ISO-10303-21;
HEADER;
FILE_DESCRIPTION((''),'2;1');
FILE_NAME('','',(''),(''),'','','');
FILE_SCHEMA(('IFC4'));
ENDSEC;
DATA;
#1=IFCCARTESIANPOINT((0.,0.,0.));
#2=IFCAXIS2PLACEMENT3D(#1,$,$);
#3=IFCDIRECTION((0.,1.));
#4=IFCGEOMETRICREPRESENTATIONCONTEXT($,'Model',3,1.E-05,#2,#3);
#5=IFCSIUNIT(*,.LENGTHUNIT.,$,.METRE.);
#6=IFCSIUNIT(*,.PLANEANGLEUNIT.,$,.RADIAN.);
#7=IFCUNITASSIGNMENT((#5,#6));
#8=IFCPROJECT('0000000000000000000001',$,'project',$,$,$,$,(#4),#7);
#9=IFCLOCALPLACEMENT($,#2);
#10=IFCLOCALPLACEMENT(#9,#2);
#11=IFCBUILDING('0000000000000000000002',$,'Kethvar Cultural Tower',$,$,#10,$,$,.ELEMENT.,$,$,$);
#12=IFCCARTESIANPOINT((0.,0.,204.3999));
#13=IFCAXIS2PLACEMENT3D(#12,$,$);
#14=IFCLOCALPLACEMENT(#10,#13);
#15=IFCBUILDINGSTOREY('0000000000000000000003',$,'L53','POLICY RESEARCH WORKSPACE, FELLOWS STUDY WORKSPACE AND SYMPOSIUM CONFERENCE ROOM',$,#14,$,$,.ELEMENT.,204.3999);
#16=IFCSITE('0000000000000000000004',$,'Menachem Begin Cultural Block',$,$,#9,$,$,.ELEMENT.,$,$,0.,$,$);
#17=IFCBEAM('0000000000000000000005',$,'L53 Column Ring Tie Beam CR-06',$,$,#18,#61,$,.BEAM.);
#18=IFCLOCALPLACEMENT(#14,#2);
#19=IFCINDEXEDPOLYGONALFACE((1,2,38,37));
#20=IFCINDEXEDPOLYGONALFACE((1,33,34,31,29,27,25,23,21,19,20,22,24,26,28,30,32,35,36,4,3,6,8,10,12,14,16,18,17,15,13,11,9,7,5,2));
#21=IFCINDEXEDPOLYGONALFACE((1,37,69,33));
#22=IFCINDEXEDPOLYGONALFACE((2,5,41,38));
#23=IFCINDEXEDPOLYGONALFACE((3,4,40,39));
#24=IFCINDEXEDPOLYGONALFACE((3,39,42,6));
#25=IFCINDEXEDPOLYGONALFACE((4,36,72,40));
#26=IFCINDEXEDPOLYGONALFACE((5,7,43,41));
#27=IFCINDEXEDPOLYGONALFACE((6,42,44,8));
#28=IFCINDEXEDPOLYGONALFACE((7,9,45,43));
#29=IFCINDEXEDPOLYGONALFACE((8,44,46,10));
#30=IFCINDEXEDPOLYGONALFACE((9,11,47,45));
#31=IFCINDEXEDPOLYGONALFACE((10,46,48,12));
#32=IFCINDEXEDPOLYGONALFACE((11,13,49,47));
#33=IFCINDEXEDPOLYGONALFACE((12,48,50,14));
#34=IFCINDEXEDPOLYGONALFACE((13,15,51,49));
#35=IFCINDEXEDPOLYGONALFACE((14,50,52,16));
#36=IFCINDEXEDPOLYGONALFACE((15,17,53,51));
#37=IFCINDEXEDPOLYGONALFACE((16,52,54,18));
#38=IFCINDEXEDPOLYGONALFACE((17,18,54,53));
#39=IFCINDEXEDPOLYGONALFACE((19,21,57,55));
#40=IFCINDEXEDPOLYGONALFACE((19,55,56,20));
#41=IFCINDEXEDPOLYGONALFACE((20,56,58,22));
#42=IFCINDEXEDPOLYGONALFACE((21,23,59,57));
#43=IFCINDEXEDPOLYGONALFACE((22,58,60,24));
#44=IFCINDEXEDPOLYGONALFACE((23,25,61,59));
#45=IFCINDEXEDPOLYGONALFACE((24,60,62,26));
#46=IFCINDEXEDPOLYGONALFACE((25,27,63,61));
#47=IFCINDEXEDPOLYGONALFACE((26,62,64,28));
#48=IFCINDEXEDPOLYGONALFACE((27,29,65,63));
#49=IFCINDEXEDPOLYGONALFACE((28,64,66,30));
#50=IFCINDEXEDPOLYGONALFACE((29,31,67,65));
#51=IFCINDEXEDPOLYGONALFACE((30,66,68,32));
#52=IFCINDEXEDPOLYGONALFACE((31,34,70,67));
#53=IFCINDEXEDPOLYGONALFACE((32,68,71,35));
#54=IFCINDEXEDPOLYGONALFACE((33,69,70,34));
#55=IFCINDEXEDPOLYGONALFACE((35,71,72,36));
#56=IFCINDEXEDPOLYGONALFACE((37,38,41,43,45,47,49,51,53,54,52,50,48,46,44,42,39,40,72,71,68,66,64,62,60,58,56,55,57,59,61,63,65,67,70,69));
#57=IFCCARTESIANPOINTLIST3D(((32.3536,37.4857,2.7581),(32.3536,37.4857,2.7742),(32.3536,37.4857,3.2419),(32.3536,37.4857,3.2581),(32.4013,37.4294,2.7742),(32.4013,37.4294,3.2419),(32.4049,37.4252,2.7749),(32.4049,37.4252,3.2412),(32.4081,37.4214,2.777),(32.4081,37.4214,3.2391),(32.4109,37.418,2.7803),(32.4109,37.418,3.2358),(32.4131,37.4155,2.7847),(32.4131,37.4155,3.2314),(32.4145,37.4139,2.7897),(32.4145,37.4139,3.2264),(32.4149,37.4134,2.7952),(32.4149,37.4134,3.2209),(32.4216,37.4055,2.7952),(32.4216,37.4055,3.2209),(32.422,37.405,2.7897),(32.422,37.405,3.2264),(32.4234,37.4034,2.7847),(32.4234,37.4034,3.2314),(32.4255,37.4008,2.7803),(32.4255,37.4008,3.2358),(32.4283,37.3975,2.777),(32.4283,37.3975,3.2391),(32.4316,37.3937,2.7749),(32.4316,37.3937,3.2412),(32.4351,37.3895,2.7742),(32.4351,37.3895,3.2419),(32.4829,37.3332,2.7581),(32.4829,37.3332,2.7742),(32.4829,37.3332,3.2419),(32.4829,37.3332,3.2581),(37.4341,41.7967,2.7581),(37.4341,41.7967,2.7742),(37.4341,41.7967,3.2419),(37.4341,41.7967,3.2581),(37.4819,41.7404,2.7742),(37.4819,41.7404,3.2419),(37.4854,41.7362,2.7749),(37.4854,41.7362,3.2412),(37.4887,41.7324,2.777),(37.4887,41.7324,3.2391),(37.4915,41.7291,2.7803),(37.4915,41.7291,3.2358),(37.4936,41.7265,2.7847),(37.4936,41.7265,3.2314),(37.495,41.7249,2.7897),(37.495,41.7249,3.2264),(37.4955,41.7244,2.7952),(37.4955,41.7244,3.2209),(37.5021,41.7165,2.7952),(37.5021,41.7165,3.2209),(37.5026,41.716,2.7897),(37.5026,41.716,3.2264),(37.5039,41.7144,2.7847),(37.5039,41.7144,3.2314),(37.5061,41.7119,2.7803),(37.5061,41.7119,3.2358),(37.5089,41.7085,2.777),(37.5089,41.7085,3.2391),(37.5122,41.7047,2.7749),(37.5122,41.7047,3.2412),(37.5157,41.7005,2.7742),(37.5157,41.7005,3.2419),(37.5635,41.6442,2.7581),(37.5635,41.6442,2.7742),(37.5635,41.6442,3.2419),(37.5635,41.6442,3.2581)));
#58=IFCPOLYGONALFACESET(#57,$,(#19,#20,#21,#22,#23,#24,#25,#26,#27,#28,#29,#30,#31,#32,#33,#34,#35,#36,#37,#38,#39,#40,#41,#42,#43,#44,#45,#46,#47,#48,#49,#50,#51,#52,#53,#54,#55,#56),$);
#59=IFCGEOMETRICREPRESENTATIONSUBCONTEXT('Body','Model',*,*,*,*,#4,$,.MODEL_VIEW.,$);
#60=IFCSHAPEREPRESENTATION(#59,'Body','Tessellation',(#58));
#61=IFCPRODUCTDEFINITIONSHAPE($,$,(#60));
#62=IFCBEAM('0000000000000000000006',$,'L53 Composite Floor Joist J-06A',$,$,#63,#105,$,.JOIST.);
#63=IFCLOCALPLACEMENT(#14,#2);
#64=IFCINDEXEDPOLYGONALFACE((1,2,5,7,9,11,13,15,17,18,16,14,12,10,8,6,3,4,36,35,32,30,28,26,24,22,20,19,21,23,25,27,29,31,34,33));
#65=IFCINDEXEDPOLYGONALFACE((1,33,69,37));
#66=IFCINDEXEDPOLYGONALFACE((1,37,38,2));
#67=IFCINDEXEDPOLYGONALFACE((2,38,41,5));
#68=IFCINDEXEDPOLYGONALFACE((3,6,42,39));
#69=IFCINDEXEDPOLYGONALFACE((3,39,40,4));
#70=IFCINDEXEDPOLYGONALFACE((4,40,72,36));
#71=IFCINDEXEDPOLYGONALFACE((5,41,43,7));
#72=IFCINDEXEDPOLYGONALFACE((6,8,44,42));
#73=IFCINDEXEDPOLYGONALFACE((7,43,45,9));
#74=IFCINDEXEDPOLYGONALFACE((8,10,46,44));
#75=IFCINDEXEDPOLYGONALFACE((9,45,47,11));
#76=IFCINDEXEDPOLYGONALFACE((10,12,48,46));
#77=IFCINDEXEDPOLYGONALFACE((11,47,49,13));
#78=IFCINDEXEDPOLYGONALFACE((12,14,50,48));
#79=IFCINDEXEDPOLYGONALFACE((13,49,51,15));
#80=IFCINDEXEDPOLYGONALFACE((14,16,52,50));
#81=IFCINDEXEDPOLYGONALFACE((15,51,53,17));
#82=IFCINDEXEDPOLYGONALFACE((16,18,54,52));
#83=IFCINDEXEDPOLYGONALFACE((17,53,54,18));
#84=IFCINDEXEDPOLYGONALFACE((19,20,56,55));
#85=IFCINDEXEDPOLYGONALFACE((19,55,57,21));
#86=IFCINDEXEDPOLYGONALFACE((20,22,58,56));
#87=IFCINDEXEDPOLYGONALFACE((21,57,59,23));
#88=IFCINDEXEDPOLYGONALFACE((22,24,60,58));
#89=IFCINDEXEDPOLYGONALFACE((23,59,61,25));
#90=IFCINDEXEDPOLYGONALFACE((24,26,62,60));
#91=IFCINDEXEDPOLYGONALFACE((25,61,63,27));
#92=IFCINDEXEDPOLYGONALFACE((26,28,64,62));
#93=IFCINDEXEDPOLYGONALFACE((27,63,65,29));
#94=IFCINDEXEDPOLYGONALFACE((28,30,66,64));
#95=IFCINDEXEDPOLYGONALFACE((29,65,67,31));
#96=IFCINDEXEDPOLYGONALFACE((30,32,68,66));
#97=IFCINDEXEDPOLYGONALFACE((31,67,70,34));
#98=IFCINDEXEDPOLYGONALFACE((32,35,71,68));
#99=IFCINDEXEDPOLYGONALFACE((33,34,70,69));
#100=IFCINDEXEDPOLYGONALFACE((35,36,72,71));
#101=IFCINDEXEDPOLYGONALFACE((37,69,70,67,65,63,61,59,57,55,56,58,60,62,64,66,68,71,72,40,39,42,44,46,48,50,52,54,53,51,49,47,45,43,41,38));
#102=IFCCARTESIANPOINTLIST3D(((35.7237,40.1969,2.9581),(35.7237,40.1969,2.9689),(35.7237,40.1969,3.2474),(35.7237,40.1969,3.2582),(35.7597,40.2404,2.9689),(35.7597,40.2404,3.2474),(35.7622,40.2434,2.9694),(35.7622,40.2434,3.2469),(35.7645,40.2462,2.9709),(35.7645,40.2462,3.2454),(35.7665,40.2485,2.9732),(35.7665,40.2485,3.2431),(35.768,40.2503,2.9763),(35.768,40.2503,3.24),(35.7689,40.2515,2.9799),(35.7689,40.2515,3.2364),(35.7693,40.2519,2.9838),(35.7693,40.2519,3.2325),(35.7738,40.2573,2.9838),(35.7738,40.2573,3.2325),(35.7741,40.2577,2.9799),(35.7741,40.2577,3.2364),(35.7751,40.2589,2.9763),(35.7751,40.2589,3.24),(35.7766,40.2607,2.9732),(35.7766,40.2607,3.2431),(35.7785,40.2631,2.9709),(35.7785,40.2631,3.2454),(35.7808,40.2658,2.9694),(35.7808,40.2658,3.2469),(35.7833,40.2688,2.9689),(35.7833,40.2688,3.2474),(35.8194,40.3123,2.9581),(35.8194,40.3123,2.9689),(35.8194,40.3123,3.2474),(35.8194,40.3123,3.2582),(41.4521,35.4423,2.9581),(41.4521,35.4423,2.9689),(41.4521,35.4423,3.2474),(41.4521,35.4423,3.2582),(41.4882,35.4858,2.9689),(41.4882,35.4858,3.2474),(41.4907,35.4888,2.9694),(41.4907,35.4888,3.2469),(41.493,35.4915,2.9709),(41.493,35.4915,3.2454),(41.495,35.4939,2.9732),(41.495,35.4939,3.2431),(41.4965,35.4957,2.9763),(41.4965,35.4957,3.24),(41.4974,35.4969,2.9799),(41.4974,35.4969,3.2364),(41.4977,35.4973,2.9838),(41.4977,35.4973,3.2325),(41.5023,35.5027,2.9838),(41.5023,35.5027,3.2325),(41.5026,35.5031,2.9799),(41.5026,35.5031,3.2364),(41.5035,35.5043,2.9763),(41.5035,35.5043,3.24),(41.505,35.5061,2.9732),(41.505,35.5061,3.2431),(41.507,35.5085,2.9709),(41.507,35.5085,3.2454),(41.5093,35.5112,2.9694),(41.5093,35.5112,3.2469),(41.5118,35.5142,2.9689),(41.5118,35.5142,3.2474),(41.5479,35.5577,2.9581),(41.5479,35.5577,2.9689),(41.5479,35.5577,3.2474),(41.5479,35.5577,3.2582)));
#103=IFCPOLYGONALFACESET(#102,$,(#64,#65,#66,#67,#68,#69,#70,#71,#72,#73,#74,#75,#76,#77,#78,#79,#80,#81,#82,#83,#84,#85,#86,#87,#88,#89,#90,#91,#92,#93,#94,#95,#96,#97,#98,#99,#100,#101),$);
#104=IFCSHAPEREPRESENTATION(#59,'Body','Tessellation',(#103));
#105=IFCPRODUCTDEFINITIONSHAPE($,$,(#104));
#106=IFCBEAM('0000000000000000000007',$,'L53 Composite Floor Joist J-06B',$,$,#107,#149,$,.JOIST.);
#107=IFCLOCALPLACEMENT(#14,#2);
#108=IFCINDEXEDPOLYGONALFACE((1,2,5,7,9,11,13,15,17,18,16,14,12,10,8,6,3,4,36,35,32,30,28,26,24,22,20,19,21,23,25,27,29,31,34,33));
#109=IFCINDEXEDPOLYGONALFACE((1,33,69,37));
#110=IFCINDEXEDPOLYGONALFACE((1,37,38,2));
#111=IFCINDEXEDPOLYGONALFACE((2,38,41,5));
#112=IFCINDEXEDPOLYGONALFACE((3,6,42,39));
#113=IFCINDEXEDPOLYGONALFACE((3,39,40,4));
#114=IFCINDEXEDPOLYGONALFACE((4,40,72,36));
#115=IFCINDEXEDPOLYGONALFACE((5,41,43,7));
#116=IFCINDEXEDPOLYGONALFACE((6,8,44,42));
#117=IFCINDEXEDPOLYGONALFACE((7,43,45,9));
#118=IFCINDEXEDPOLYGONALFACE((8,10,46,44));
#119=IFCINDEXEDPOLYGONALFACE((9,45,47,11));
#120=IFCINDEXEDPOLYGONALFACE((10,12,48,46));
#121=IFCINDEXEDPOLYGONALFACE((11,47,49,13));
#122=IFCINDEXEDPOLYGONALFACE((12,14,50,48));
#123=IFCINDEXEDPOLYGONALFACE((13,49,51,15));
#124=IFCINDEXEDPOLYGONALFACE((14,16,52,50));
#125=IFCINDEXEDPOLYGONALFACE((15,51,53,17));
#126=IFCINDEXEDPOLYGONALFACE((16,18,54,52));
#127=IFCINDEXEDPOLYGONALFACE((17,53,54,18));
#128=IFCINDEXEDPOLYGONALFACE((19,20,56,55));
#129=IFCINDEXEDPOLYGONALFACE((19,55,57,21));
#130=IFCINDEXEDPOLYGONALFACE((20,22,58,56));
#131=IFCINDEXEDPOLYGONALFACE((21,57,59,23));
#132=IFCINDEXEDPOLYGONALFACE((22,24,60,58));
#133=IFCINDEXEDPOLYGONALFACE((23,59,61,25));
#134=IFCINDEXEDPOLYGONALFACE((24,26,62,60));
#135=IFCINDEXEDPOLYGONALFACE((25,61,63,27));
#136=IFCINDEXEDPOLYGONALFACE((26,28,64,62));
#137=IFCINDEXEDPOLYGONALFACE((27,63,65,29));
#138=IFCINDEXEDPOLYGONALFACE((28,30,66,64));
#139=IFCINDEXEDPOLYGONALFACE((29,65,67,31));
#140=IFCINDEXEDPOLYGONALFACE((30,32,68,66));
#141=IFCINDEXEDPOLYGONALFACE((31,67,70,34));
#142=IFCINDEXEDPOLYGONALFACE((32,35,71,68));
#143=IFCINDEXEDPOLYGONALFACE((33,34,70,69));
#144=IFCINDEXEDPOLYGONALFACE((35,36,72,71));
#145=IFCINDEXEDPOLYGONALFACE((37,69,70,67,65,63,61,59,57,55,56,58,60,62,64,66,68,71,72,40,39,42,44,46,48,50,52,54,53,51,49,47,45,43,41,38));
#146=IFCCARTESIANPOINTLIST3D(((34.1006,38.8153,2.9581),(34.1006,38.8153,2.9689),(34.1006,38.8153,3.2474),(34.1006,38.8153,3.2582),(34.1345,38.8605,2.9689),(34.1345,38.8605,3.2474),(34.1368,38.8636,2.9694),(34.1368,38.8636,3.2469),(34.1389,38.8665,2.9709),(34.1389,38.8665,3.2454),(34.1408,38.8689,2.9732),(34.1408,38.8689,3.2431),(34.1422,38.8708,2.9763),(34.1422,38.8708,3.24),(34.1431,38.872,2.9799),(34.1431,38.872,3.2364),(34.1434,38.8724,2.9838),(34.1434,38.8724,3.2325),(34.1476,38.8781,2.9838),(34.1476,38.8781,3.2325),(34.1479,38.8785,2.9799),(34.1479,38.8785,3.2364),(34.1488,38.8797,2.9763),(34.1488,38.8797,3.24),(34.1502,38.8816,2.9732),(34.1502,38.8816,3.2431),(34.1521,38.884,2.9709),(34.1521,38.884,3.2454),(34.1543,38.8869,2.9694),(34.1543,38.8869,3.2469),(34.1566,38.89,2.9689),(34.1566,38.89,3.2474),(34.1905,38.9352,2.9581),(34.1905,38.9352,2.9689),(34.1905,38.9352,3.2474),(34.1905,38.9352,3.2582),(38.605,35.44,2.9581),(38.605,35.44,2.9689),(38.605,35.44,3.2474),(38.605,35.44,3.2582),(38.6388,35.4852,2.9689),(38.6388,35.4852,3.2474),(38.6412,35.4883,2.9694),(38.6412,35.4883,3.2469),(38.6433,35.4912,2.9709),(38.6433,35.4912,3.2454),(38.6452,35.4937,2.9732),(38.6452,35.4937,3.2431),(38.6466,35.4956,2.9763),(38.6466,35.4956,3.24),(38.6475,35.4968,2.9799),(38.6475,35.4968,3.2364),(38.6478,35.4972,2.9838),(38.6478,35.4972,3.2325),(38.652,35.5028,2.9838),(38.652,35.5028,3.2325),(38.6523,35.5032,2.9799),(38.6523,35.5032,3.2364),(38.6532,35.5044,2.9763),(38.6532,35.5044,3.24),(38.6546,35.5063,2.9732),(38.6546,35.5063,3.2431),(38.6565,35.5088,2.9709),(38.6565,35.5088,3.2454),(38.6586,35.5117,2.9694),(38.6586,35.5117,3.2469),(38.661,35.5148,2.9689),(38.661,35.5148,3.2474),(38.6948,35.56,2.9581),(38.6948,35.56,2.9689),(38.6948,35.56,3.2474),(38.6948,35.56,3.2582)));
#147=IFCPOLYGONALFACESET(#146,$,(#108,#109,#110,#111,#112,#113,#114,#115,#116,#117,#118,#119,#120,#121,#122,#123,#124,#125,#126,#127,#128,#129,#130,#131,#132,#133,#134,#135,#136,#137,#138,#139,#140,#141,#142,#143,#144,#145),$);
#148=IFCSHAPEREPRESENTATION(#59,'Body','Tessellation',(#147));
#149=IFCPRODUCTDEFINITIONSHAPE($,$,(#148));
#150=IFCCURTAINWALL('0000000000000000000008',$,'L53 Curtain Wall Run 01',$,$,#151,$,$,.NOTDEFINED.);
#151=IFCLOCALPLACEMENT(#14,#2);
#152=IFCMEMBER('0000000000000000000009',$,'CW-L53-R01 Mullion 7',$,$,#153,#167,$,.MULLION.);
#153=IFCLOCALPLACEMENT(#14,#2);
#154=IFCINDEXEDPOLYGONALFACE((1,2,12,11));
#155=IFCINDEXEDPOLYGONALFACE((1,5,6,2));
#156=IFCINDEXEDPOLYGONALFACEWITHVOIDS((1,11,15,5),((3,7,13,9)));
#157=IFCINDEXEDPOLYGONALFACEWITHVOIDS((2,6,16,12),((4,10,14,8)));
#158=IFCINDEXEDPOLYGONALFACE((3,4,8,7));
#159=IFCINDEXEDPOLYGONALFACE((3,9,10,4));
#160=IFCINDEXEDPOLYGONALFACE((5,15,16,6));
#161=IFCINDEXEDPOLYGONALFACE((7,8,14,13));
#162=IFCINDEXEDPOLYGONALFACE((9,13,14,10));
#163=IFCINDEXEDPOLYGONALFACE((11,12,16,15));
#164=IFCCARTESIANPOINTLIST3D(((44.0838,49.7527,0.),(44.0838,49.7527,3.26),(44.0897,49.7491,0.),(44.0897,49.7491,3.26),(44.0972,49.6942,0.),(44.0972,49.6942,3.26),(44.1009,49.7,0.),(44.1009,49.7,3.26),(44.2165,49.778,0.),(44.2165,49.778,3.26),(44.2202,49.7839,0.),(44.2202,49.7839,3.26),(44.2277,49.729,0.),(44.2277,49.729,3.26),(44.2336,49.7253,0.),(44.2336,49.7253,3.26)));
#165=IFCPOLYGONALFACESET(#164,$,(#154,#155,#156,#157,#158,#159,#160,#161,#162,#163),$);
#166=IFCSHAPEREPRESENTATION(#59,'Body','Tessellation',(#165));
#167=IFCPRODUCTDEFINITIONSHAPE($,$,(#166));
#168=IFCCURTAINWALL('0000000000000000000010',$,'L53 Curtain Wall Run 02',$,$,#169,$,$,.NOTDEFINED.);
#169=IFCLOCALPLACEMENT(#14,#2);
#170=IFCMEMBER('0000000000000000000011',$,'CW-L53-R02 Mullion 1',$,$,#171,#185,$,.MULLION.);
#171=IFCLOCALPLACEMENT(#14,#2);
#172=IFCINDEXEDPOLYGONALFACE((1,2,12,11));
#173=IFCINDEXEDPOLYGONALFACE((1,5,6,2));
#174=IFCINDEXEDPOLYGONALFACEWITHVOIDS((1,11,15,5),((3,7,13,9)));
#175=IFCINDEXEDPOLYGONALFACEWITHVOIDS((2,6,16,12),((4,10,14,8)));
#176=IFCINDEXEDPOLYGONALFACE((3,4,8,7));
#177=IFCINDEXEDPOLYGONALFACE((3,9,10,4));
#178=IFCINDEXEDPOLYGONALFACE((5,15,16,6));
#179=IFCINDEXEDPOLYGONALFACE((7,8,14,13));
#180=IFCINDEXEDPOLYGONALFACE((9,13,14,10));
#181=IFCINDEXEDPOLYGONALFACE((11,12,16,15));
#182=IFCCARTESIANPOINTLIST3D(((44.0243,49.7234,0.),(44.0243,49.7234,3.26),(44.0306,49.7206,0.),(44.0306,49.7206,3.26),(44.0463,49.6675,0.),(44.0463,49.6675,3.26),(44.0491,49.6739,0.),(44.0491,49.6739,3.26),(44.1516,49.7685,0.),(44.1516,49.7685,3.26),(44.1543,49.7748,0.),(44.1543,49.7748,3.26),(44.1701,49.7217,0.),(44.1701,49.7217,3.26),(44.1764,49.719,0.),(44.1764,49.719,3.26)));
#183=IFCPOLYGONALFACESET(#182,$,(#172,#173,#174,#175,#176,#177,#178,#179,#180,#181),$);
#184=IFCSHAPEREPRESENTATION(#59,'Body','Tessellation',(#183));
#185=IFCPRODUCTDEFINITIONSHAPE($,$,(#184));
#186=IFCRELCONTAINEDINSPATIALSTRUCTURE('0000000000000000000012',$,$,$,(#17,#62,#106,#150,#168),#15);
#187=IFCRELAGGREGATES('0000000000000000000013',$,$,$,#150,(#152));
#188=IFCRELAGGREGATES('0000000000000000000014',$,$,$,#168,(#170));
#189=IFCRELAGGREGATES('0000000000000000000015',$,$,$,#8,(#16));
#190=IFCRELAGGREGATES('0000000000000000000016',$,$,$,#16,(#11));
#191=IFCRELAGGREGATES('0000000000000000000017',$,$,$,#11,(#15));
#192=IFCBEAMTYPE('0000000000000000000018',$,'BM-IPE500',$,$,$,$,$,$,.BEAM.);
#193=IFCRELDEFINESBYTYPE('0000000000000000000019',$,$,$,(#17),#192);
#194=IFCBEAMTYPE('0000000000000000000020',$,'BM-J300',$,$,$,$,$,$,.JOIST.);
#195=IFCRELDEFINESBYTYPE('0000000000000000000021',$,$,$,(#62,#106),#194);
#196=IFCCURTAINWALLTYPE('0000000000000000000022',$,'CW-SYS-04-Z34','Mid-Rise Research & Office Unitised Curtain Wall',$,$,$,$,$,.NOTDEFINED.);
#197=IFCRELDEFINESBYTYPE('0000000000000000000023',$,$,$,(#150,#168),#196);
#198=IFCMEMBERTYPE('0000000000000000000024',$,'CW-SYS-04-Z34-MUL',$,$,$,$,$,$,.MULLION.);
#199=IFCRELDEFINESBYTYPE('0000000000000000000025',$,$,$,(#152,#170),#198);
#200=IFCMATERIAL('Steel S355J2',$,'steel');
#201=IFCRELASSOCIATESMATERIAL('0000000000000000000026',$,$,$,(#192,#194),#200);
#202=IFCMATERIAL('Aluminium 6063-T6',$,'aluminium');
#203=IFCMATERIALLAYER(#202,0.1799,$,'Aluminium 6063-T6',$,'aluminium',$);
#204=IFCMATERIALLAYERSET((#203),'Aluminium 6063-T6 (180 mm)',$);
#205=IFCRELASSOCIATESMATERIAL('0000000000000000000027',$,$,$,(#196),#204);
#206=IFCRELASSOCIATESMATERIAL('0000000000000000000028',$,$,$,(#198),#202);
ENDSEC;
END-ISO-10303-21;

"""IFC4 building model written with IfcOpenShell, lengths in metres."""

from ifc_helpers import new_model, si_unit, direction, frame, origin, origin_2d, place, context, subcontext, project, spatial, hollow_rectangle, i_section, extrude, source, transform, mapped, material, layer, layer_set, material_profile, profile_set, type_object, element, aggregate, save


model = new_model("IFC4")

# Units and contexts
model_context = context("Model", 3, precision=1e-05, world=origin(), true_north=direction((0.0, 1.0)))
body_context = subcontext(model_context, "Body", "Model", "MODEL_VIEW")
ifc_project = project(units=[si_unit("LENGTHUNIT", "METRE"), si_unit("PLANEANGLEUNIT", "RADIAN")], contexts=[model_context])

# Site, building, storey
site_placement = place(None, origin())
site = spatial("IfcSite", under=ifc_project, at=site_placement, Name="Menachem Begin Cultural Block", CompositionType="ELEMENT", RefElevation=0.0)
building_placement = place(site_placement, origin())
building = spatial("IfcBuilding", under=site, at=building_placement, Name="Kethvar Cultural Tower", CompositionType="ELEMENT")
storey_placement = place(building_placement, frame((0.0, 0.0, 204.3999)))
storey = spatial("IfcBuildingStorey", under=building, at=storey_placement, Name="L53", Description="POLICY RESEARCH WORKSPACE, FELLOWS STUDY WORKSPACE AND SYMPOSIUM CONFERENCE ROOM", CompositionType="ELEMENT", Elevation=204.3999)

# Beams
ifc_material_1 = material(Name="Steel S355J2", Category="steel")
ifc_material_profile_1 = material_profile(ifc_material_1, i_section(OverallWidth=0.2, OverallDepth=0.5, WebThickness=0.0103, FlangeThickness=0.0161, FilletRadius=0.021, at=origin_2d()), Name="Steel S355J2 — IPE500")
ifc_profile_set_1 = profile_set([ifc_material_profile_1], Name="Steel S355J2 — IPE500")
beam_type_1 = type_object("IfcBeamType", Name="BM-IPE500", PredefinedType="BEAM", material=ifc_profile_set_1)
ifc_material_profile_2 = material_profile(ifc_material_1, i_section(OverallWidth=0.1499, OverallDepth=0.3, WebThickness=0.0071, FlangeThickness=0.0107, FilletRadius=0.0149, at=origin_2d()), Name="Steel S355J2 — IPE300")
ifc_profile_set_2 = profile_set([ifc_material_profile_2], Name="Steel S355J2 — IPE300")
beam_type_2 = type_object("IfcBeamType", Name="BM-J300", PredefinedType="JOIST", material=ifc_profile_set_2)
shared_shape_1 = source(origin(), body_context, "Body", "SweptSolid", [
    extrude(i_section(OverallWidth=0.2, OverallDepth=0.5, WebThickness=0.0103, FlangeThickness=0.0161, FilletRadius=0.021, at=origin_2d()), origin(), (0.0, 0.0, 1.0), 6.6631),
])
beam_1_placement = place(storey_placement, frame((37.4988, 41.7205, 3.0081), z_axis=(-0.762491, -0.646999, 0.0), x_axis=(0.646999, -0.762491, 0.0)))
element("IfcBeam", 1, at=beam_1_placement, inside=storey, type_object=beam_type_1, Name="L53 Column Ring Tie Beam CR-06", PredefinedType="BEAM", context=body_context, shape_type="MappedRepresentation", body=[
    mapped(shared_shape_1, transform((0.0, 0.0, 0.0), scale=1.0)),
])
shared_shape_2 = source(origin(), body_context, "Body", "SweptSolid", [
    extrude(i_section(OverallWidth=0.1499, OverallDepth=0.3, WebThickness=0.0071, FlangeThickness=0.0107, FilletRadius=0.0149, at=origin_2d()), origin(), (0.0, 0.0, 1.0), 7.4446),
])
beam_2_placement = place(storey_placement, frame((41.5, 35.5, 3.1082), z_axis=(-0.769483, 0.638667, 0.0), x_axis=(-0.638667, -0.769483, 0.0)))
element("IfcBeam", 2, at=beam_2_placement, inside=storey, type_object=beam_type_2, Name="L53 Composite Floor Joist J-06A", PredefinedType="JOIST", context=body_context, shape_type="MappedRepresentation", body=[
    mapped(shared_shape_2, transform((0.0, 0.0, 0.0), scale=1.0)),
])
shared_shape_3 = source(origin(), body_context, "Body", "SweptSolid", [
    extrude(i_section(OverallWidth=0.1499, OverallDepth=0.3, WebThickness=0.0071, FlangeThickness=0.0107, FilletRadius=0.0149, at=origin_2d()), origin(), (0.0, 0.0, 1.0), 5.6287),
])
beam_3_placement = place(storey_placement, frame((38.6499, 35.5, 3.1082), z_axis=(-0.80026, 0.599653, 0.0), x_axis=(-0.599653, -0.80026, 0.0)))
element("IfcBeam", 3, at=beam_3_placement, inside=storey, type_object=beam_type_2, Name="L53 Composite Floor Joist J-06B", PredefinedType="JOIST", context=body_context, shape_type="MappedRepresentation", body=[
    mapped(shared_shape_3, transform((0.0, 0.0, 0.0), scale=1.0)),
])

# Curtain wall, member
ifc_material_2 = material(Name="Aluminium 6063-T6", Category="aluminium")
ifc_layer_1 = layer(ifc_material_2, 0.1799, Name="Aluminium 6063-T6", Category="aluminium")
ifc_layer_set_1 = layer_set([ifc_layer_1], Name="Aluminium 6063-T6 (180 mm)")
curtain_wall_type = type_object("IfcCurtainWallType", Name="CW-SYS-04-Z34", Description="Mid-Rise Research & Office Unitised Curtain Wall", PredefinedType="NOTDEFINED", material=ifc_layer_set_1)
curtain_wall_1_placement = place(storey_placement, origin())
curtain_wall_1 = element("IfcCurtainWall", 4, at=curtain_wall_1_placement, inside=storey, type_object=curtain_wall_type, Name="L53 Curtain Wall Run 01", PredefinedType="NOTDEFINED")
ifc_material_profile_3 = material_profile(ifc_material_2, hollow_rectangle(XDim=0.0601, YDim=0.1399, WallThickness=0.0049, at=origin_2d()), Name="Aluminium 6063-T6 — RHS140x60x5")
ifc_profile_set_3 = profile_set([ifc_material_profile_3], Name="Aluminium 6063-T6 — RHS140x60x5")
member_type_1 = type_object("IfcMemberType", Name="CW-SYS-04-Z34-MUL", PredefinedType="MULLION", material=ifc_profile_set_3)
shared_shape_4 = source(origin(), body_context, "Body", "SweptSolid", [
    extrude(hollow_rectangle(XDim=0.0601, YDim=0.1399, WallThickness=0.0049, at=origin_2d()), origin(), (0.0, 0.0, 1.0), 3.26),
])
member_1_placement = place(storey_placement, frame((44.1587, 49.739, 0.0), z_axis=(0.0, 0.0, 1.0), x_axis=(0.222519, -0.974928, 0.0)))
member_1 = element("IfcMember", 5, at=member_1_placement, type_object=member_type_1, Name="CW-L53-R01 Mullion 7", PredefinedType="MULLION", context=body_context, shape_type="MappedRepresentation", body=[
    mapped(shared_shape_4, transform((0.0, 0.0, 0.0), scale=1.0)),
])
aggregate(curtain_wall_1, [member_1])

# Curtain wall, member
curtain_wall_2_placement = place(storey_placement, origin())
curtain_wall_2 = element("IfcCurtainWall", 6, at=curtain_wall_2_placement, inside=storey, type_object=curtain_wall_type, Name="L53 Curtain Wall Run 02", PredefinedType="NOTDEFINED")
member_2_placement = place(storey_placement, frame((44.1003, 49.7212, 0.0), z_axis=(0.0, 0.0, 1.0), x_axis=(0.367865, -0.929879, 0.0)))
member_2 = element("IfcMember", 7, at=member_2_placement, type_object=member_type_1, Name="CW-L53-R02 Mullion 1", PredefinedType="MULLION", context=body_context, shape_type="MappedRepresentation", body=[
    mapped(shared_shape_4, transform((0.0, 0.0, 0.0), scale=1.0)),
])
aggregate(curtain_wall_2, [member_2])

save(model, "model.ifc")
